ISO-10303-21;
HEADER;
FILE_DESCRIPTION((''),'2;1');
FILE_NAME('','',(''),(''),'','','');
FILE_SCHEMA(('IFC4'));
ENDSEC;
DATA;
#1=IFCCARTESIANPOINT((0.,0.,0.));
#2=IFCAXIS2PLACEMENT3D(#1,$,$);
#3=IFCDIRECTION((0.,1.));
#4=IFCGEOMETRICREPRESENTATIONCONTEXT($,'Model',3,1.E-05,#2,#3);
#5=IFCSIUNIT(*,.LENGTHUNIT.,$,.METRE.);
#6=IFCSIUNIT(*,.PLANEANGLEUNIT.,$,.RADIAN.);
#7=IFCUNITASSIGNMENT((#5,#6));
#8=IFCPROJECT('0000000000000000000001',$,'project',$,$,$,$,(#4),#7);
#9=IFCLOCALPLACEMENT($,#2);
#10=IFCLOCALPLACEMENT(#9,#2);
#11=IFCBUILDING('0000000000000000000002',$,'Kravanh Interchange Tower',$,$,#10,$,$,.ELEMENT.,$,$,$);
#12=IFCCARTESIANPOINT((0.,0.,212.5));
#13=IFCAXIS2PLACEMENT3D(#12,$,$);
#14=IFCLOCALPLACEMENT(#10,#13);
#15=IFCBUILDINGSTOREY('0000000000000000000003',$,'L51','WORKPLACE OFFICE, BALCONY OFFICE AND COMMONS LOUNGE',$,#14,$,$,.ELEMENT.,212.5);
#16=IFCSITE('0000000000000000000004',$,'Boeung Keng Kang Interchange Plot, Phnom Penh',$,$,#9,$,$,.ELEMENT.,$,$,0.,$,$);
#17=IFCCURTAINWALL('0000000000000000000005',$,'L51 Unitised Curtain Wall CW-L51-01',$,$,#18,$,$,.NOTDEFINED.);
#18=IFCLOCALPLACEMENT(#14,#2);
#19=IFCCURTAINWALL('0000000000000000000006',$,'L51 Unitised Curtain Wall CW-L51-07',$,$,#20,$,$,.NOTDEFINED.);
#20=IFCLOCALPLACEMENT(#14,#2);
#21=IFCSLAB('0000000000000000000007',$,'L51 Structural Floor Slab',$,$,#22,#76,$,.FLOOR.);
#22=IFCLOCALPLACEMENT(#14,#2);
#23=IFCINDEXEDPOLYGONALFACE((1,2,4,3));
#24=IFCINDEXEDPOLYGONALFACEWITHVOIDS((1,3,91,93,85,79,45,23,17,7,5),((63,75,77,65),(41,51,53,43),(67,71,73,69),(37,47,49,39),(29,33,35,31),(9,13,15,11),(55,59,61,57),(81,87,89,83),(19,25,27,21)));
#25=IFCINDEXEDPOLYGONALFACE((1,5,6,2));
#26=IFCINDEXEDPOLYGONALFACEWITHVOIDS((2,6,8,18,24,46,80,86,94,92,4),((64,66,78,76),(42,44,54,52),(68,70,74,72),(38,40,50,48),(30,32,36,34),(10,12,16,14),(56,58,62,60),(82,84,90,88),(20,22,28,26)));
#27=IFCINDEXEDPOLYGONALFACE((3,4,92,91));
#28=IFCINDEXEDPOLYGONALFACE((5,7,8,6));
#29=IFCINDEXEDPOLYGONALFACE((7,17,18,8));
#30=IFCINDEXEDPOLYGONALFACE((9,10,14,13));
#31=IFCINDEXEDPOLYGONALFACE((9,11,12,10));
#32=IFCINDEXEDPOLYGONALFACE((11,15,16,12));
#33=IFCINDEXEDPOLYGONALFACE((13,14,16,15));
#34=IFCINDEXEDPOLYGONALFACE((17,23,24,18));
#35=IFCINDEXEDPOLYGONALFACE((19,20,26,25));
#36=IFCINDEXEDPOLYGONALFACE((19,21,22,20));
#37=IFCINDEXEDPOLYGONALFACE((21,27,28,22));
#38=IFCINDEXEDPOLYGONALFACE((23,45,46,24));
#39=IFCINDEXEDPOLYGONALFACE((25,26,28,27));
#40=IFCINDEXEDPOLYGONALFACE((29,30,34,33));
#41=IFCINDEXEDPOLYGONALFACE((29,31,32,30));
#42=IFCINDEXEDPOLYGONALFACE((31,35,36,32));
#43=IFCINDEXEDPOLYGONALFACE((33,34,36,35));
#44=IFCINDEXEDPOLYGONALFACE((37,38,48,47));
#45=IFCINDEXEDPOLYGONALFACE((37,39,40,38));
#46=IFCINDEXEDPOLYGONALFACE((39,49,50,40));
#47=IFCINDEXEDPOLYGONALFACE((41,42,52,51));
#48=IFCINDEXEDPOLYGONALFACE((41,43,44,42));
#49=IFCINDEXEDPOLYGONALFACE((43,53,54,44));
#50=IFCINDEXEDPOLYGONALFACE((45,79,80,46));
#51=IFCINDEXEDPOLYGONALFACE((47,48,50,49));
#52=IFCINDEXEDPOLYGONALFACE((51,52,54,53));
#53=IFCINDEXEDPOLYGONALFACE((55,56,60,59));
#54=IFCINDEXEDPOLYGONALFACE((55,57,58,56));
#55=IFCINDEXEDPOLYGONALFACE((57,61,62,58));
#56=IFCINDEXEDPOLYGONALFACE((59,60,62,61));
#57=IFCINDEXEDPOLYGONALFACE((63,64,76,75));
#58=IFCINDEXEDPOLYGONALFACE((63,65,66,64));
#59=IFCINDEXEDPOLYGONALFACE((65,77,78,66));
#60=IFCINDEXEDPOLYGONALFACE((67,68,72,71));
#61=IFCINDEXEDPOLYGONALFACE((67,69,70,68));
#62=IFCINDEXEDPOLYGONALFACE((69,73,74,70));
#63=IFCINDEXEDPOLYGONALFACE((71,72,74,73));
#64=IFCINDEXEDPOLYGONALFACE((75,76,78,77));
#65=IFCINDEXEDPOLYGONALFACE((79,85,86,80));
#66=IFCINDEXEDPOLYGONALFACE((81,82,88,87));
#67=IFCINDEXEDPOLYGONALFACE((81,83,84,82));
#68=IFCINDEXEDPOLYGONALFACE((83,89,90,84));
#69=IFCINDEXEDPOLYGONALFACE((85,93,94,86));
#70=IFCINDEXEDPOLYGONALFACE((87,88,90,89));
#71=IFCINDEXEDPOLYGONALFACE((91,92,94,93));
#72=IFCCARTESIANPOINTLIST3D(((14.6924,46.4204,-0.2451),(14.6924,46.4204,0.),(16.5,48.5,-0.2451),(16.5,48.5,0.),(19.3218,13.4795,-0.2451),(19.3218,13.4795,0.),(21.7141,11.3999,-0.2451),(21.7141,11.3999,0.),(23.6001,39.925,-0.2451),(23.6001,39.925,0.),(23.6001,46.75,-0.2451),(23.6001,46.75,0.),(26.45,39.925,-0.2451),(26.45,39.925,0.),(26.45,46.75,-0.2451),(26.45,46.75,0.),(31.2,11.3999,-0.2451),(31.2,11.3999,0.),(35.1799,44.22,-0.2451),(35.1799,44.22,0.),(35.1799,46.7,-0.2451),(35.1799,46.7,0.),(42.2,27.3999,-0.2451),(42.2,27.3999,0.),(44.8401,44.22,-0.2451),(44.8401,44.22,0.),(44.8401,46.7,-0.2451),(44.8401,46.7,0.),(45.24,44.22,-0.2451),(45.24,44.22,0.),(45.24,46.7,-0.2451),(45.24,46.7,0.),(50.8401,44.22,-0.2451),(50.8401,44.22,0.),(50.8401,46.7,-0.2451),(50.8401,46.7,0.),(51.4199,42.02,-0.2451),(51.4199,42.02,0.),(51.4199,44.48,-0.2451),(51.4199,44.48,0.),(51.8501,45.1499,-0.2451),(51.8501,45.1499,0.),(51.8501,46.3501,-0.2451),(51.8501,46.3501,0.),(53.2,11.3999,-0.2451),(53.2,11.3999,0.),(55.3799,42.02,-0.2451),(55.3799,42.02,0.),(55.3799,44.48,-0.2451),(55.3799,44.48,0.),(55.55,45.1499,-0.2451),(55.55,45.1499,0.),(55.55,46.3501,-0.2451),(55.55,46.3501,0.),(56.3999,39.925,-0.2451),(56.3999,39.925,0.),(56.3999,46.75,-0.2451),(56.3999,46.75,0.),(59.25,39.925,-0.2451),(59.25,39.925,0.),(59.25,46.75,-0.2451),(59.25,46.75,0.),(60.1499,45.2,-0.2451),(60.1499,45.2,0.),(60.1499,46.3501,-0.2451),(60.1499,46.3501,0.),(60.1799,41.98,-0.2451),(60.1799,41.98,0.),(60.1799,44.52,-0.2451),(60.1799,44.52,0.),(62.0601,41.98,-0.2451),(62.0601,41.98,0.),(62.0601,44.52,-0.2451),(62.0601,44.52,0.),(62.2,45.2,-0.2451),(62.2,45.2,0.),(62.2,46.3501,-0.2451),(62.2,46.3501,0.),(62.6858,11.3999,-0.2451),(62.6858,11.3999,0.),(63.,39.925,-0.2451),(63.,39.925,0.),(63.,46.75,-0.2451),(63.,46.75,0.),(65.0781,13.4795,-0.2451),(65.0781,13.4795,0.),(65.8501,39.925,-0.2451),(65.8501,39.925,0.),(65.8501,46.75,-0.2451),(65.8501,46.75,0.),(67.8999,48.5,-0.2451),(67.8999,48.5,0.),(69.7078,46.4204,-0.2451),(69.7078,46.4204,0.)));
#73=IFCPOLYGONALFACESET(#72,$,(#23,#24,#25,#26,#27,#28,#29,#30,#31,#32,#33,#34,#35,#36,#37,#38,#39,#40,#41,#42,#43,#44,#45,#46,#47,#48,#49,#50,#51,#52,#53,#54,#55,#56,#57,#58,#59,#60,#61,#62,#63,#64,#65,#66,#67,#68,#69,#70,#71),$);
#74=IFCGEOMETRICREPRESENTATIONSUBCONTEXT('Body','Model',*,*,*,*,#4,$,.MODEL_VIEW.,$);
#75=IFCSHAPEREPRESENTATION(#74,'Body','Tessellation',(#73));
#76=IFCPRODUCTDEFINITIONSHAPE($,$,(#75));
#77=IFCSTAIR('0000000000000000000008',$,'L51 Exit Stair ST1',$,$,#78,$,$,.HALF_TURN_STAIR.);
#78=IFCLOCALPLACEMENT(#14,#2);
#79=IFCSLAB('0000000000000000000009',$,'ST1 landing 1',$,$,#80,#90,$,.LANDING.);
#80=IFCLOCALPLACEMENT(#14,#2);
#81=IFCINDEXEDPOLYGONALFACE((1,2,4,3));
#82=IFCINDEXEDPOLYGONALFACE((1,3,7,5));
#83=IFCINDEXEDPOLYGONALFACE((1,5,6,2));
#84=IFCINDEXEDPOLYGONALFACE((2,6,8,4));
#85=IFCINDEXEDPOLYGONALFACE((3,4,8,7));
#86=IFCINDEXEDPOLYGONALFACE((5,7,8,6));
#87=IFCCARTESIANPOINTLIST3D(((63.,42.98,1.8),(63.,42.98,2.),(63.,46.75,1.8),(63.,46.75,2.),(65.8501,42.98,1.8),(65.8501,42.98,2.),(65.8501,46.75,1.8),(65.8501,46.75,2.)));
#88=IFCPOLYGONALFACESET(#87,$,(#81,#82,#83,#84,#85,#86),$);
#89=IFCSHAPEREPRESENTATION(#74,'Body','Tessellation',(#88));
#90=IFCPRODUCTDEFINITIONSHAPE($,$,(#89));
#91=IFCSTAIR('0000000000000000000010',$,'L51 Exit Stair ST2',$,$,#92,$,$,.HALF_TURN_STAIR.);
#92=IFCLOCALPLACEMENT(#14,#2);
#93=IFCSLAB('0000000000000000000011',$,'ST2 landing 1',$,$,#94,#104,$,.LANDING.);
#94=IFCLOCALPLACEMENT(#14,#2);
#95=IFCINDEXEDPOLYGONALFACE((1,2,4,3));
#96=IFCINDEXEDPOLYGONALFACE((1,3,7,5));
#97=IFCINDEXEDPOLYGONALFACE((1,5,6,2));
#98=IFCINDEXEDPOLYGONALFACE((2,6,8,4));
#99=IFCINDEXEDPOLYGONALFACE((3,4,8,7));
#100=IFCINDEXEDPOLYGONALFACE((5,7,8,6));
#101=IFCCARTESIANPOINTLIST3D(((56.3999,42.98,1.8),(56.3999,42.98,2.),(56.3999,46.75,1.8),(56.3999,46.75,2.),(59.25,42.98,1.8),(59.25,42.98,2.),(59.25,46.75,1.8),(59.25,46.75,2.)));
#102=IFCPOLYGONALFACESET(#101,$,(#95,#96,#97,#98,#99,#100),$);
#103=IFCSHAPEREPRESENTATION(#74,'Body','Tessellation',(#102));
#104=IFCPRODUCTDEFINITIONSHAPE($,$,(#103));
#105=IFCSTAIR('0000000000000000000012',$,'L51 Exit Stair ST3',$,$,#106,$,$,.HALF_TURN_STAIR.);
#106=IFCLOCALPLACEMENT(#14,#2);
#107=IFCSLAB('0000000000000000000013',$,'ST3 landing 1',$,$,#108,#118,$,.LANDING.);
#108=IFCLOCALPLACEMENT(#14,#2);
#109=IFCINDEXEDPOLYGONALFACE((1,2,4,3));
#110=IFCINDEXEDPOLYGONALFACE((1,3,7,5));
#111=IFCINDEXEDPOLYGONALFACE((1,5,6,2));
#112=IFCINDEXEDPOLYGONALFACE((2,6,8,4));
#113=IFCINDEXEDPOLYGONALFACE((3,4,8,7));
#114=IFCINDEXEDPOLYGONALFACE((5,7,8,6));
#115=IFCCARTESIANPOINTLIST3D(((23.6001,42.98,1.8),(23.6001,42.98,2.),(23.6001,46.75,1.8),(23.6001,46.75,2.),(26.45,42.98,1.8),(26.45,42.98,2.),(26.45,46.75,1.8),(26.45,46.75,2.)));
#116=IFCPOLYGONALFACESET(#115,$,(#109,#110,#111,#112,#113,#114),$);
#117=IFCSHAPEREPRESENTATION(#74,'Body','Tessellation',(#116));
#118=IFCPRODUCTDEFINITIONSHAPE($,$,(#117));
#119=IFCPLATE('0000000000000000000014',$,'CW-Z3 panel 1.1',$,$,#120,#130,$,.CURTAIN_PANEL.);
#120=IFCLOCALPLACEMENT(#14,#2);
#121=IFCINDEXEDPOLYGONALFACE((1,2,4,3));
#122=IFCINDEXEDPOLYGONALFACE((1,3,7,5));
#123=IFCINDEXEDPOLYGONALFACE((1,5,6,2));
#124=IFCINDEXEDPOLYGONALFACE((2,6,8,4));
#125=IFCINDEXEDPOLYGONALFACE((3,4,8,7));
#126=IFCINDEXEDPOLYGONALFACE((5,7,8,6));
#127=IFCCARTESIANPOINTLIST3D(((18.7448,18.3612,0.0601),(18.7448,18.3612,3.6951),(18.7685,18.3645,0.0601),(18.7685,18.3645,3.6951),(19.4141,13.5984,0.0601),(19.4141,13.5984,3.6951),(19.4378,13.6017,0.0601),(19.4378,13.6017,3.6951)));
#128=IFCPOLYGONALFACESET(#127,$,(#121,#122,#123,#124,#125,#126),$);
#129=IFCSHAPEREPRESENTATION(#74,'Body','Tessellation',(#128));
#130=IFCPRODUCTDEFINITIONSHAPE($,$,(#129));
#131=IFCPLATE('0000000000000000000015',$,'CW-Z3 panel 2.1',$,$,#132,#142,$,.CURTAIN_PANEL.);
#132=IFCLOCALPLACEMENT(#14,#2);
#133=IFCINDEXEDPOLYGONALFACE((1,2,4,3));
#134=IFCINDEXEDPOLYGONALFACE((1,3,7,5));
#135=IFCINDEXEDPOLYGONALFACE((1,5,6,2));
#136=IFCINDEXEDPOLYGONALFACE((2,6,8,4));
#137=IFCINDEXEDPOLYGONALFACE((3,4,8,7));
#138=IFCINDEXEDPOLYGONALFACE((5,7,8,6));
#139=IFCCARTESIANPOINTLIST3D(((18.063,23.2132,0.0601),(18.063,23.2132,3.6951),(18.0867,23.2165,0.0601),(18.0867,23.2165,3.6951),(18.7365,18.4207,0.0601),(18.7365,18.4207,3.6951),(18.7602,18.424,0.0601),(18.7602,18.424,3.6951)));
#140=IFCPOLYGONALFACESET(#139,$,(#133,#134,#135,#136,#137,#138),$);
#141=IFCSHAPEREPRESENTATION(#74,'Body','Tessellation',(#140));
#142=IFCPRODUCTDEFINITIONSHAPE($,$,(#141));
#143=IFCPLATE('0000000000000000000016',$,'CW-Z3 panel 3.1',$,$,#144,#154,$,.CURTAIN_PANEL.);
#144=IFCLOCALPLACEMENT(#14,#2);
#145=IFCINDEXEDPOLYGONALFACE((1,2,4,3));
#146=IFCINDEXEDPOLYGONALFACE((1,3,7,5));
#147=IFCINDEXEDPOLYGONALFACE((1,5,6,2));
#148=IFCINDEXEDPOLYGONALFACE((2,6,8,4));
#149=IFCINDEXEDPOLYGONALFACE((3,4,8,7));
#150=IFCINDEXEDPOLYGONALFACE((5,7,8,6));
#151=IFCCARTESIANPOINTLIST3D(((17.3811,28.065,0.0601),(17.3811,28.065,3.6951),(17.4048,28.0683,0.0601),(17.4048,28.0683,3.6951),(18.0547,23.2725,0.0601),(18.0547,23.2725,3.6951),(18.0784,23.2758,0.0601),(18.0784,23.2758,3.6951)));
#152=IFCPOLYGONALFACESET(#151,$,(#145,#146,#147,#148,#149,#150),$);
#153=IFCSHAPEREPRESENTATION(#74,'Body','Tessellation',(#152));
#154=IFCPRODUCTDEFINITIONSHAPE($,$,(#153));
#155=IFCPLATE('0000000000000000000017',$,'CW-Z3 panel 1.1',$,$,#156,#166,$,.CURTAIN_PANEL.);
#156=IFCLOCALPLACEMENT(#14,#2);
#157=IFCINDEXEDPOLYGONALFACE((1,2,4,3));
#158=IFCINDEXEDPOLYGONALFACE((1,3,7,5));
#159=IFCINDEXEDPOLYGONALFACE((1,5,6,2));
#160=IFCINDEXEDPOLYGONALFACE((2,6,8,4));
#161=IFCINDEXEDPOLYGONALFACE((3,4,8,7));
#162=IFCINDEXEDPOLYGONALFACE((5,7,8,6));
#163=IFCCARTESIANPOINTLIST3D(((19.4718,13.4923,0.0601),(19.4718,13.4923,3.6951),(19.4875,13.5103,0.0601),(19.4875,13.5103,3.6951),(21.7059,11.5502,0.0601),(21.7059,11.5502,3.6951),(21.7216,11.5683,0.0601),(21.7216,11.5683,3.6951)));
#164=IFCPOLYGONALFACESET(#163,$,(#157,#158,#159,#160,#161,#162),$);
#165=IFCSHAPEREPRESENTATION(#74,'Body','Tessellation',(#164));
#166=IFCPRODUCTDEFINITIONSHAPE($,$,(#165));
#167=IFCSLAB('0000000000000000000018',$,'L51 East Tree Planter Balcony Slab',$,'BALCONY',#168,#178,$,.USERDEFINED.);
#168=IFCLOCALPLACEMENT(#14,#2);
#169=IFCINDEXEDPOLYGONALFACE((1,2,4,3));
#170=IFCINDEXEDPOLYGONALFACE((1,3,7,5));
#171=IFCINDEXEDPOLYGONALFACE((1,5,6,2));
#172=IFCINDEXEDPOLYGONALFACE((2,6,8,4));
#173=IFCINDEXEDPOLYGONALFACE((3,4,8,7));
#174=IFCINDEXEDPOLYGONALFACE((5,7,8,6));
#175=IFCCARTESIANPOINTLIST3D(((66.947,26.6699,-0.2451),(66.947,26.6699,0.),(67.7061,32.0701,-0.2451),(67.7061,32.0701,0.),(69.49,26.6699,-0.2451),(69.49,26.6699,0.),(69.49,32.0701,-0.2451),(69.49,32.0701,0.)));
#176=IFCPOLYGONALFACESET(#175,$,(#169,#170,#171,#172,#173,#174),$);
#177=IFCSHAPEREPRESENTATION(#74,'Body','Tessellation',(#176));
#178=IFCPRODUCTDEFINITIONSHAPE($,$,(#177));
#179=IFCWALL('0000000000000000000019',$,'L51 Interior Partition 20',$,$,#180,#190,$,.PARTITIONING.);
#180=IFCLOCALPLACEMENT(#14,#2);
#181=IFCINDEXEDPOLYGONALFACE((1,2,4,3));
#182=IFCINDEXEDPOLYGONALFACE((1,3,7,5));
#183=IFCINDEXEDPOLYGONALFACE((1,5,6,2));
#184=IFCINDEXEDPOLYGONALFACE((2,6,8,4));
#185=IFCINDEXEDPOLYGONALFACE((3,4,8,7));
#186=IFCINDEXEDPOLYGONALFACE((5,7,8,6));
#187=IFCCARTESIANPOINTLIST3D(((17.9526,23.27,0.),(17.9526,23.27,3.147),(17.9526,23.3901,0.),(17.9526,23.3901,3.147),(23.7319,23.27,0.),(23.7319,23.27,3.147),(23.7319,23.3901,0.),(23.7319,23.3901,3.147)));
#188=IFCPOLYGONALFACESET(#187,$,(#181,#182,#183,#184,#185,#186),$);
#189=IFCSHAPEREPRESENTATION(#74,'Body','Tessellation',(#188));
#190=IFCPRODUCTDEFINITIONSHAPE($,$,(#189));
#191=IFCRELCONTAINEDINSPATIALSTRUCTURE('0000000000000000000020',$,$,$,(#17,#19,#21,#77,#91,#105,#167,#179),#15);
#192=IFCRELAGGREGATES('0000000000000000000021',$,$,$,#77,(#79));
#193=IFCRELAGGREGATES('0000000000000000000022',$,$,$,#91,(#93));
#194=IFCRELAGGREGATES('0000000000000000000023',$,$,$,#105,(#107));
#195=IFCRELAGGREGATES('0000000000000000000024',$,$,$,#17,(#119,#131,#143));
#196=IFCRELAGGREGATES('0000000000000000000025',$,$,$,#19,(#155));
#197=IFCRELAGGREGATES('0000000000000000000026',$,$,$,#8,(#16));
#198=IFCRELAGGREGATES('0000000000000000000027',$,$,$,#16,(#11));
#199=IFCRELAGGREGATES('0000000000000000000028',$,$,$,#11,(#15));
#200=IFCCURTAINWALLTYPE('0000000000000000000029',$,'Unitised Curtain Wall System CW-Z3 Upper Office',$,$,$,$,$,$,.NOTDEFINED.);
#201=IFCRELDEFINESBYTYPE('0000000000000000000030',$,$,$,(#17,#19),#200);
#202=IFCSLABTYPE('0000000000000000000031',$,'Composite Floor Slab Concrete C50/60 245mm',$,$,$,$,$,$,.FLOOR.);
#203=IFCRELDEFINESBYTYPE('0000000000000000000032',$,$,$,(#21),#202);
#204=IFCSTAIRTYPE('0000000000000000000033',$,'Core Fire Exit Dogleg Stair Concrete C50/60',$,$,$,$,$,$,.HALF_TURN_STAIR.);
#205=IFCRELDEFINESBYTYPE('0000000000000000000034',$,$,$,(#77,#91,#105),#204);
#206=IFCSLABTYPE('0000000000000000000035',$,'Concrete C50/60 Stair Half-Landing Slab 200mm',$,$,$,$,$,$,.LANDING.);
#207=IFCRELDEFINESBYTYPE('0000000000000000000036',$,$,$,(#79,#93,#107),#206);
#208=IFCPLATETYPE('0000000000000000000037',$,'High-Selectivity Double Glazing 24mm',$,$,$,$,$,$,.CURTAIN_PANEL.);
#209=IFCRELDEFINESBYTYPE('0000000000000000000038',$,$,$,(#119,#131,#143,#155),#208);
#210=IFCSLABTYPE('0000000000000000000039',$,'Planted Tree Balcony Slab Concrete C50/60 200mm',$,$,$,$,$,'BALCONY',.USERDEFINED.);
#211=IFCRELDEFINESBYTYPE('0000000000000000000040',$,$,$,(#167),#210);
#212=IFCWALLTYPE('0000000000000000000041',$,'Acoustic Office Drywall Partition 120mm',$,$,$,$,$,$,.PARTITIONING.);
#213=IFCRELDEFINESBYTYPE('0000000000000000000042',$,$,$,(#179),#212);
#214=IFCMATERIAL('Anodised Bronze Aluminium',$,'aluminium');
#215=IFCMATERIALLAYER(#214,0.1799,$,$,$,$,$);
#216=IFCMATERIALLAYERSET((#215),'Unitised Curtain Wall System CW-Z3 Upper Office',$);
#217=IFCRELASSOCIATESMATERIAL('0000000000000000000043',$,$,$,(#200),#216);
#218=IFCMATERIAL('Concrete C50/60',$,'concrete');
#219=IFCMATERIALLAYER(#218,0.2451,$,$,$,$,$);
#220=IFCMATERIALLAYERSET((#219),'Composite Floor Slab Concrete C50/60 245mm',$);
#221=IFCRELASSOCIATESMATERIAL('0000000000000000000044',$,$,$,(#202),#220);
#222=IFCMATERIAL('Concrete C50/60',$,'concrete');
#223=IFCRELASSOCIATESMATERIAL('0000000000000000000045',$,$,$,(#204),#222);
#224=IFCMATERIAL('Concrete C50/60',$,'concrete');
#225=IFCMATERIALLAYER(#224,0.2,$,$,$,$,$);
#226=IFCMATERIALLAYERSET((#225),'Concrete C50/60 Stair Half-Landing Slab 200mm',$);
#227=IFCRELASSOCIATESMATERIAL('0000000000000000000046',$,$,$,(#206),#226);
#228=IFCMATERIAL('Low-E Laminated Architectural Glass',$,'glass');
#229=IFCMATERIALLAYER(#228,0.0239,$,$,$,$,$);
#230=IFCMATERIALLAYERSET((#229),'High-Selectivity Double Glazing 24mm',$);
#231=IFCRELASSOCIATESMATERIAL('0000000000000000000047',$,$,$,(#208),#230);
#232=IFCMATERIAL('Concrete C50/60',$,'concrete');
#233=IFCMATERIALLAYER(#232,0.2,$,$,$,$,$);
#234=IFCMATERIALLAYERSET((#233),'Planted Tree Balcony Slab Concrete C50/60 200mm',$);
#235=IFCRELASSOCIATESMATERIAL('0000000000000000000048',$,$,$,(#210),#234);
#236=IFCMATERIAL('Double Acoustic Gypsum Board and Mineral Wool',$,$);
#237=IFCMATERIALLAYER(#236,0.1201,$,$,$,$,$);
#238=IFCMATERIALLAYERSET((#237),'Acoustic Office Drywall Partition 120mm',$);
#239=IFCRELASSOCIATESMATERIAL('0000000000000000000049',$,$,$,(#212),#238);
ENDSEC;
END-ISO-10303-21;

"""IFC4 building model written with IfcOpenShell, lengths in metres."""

from ifc_helpers import new_model, si_unit, direction, frame, frame_2d, origin, origin_2d, place, context, subcontext, project, spatial, polyline, rectangle, outline, extrude, material, layer, layer_set, type_object, element, aggregate, save


model = new_model("IFC4")

# Units and contexts
model_context = context("Model", 3, precision=1e-05, world=origin(), true_north=direction((0.0, 1.0)))
body_context = subcontext(model_context, "Body", "Model", "MODEL_VIEW")
ifc_project = project(units=[si_unit("LENGTHUNIT", "METRE"), si_unit("PLANEANGLEUNIT", "RADIAN")], contexts=[model_context])

# Site, building, storey
site_placement = place(None, origin())
site = spatial("IfcSite", under=ifc_project, at=site_placement, Name="Boeung Keng Kang Interchange Plot, Phnom Penh", CompositionType="ELEMENT", RefElevation=0.0)
building_placement = place(site_placement, origin())
building = spatial("IfcBuilding", under=site, at=building_placement, Name="Kravanh Interchange Tower", CompositionType="ELEMENT")
storey_placement = place(building_placement, frame((0.0, 0.0, 212.5)))
storey = spatial("IfcBuildingStorey", under=building, at=storey_placement, Name="L51", Description="WORKPLACE OFFICE, BALCONY OFFICE AND COMMONS LOUNGE", CompositionType="ELEMENT", Elevation=212.5)

# Curtain wall
ifc_material_1 = material(Name="Anodised Bronze Aluminium", Category="aluminium")
ifc_layer_1 = layer(ifc_material_1, 0.1799)
ifc_layer_set_1 = layer_set([ifc_layer_1], Name="Unitised Curtain Wall System CW-Z3 Upper Office")
curtain_wall_type = type_object("IfcCurtainWallType", Name="Unitised Curtain Wall System CW-Z3 Upper Office", PredefinedType="NOTDEFINED", material=ifc_layer_set_1)
curtain_wall_1_placement = place(storey_placement, origin())
curtain_wall_1 = element("IfcCurtainWall", 1, at=curtain_wall_1_placement, inside=storey, type_object=curtain_wall_type, Name="L51 Unitised Curtain Wall CW-L51-01", PredefinedType="NOTDEFINED")

# Curtain wall
curtain_wall_2_placement = place(storey_placement, origin())
curtain_wall_2 = element("IfcCurtainWall", 2, at=curtain_wall_2_placement, inside=storey, type_object=curtain_wall_type, Name="L51 Unitised Curtain Wall CW-L51-07", PredefinedType="NOTDEFINED")

# Slab
ifc_material_2 = material(Name="Concrete C50/60", Category="concrete")
ifc_layer_2 = layer(ifc_material_2, 0.2451)
ifc_layer_set_2 = layer_set([ifc_layer_2], Name="Composite Floor Slab Concrete C50/60 245mm")
slab_type_1 = type_object("IfcSlabType", Name="Composite Floor Slab Concrete C50/60 245mm", PredefinedType="FLOOR", material=ifc_layer_set_2)
slab_1_placement = place(storey_placement, frame((0.0, 0.0, -0.2451)))
element("IfcSlab", 3, at=slab_1_placement, inside=storey, type_object=slab_type_1, Name="L51 Structural Floor Slab", PredefinedType="FLOOR", context=body_context, shape_type="SweptSolid", body=[
    extrude(outline(polyline([(19.3218, 13.4795), (21.7141, 11.3999), (31.2, 11.3999), (42.2, 27.3999), (53.2, 11.3999), (62.6858, 11.3999), (65.0781, 13.4795), (69.7078, 46.4204), (67.8999, 48.5), (16.5, 48.5), (14.6924, 46.4204), (19.3218, 13.4795)]), holes=[polyline([(65.8501, 39.925), (65.8501, 46.75), (63.0, 46.75), (63.0, 39.925), (65.8501, 39.925)]), polyline([(59.25, 39.925), (59.25, 46.75), (56.3999, 46.75), (56.3999, 39.925), (59.25, 39.925)]), polyline([(26.45, 39.925), (26.45, 46.75), (23.6001, 46.75), (23.6001, 39.925), (26.45, 39.925)]), polyline([(35.1799, 44.22), (44.8401, 44.22), (44.8401, 46.7), (35.1799, 46.7), (35.1799, 44.22)]), polyline([(45.24, 44.22), (50.8401, 44.22), (50.8401, 46.7), (45.24, 46.7), (45.24, 44.22)]), polyline([(51.4199, 42.02), (55.3799, 42.02), (55.3799, 44.48), (51.4199, 44.48), (51.4199, 42.02)]), polyline([(60.1799, 41.98), (62.0601, 41.98), (62.0601, 44.52), (60.1799, 44.52), (60.1799, 41.98)]), polyline([(60.1499, 45.2), (62.2, 45.2), (62.2, 46.3501), (60.1499, 46.3501), (60.1499, 45.2)]), polyline([(51.8501, 45.1499), (55.55, 45.1499), (55.55, 46.3501), (51.8501, 46.3501), (51.8501, 45.1499)])]), origin(), (0.0, 0.0, 1.0), 0.2451),
])

# Stairs, slabs
ifc_material_3 = material(Name="Concrete C50/60", Category="concrete")
stair_type = type_object("IfcStairType", Name="Core Fire Exit Dogleg Stair Concrete C50/60", PredefinedType="HALF_TURN_STAIR", material=ifc_material_3)
stair_1_placement = place(storey_placement, origin())
stair_1 = element("IfcStair", 4, at=stair_1_placement, inside=storey, type_object=stair_type, Name="L51 Exit Stair ST1", PredefinedType="HALF_TURN_STAIR")
ifc_material_4 = material(Name="Concrete C50/60", Category="concrete")
ifc_layer_3 = layer(ifc_material_4, 0.2)
ifc_layer_set_3 = layer_set([ifc_layer_3], Name="Concrete C50/60 Stair Half-Landing Slab 200mm")
slab_type_2 = type_object("IfcSlabType", Name="Concrete C50/60 Stair Half-Landing Slab 200mm", PredefinedType="LANDING", material=ifc_layer_set_3)
slab_2_placement = place(storey_placement, frame((0.0, 0.0, 1.8)))
slab_2 = element("IfcSlab", 5, at=slab_2_placement, type_object=slab_type_2, Name="ST1 landing 1", PredefinedType="LANDING", context=body_context, shape_type="SweptSolid", body=[
    extrude(outline(polyline([(65.8501, 42.98), (65.8501, 46.75), (63.0, 46.75), (63.0, 42.98), (65.8501, 42.98)])), origin(), (0.0, 0.0, 1.0), 0.2),
])
aggregate(stair_1, [slab_2])
stair_2_placement = place(storey_placement, origin())
stair_2 = element("IfcStair", 6, at=stair_2_placement, inside=storey, type_object=stair_type, Name="L51 Exit Stair ST2", PredefinedType="HALF_TURN_STAIR")
slab_3_placement = place(storey_placement, frame((0.0, 0.0, 1.8)))
slab_3 = element("IfcSlab", 7, at=slab_3_placement, type_object=slab_type_2, Name="ST2 landing 1", PredefinedType="LANDING", context=body_context, shape_type="SweptSolid", body=[
    extrude(outline(polyline([(59.25, 42.98), (59.25, 46.75), (56.3999, 46.75), (56.3999, 42.98), (59.25, 42.98)])), origin(), (0.0, 0.0, 1.0), 0.2),
])
aggregate(stair_2, [slab_3])
stair_3_placement = place(storey_placement, origin())
stair_3 = element("IfcStair", 8, at=stair_3_placement, inside=storey, type_object=stair_type, Name="L51 Exit Stair ST3", PredefinedType="HALF_TURN_STAIR")
slab_4_placement = place(storey_placement, frame((0.0, 0.0, 1.8)))
slab_4 = element("IfcSlab", 9, at=slab_4_placement, type_object=slab_type_2, Name="ST3 landing 1", PredefinedType="LANDING", context=body_context, shape_type="SweptSolid", body=[
    extrude(outline(polyline([(26.45, 42.98), (26.45, 46.75), (23.6001, 46.75), (23.6001, 42.98), (26.45, 42.98)])), origin(), (0.0, 0.0, 1.0), 0.2),
])
aggregate(stair_3, [slab_4])

# Plates
ifc_material_5 = material(Name="Low-E Laminated Architectural Glass", Category="glass")
ifc_layer_4 = layer(ifc_material_5, 0.0239)
ifc_layer_set_4 = layer_set([ifc_layer_4], Name="High-Selectivity Double Glazing 24mm")
plate_type = type_object("IfcPlateType", Name="High-Selectivity Double Glazing 24mm", PredefinedType="CURTAIN_PANEL", material=ifc_layer_set_4)
plate_1_placement = place(storey_placement, frame((19.0913, 15.9814, 0.0601), z_axis=(0.0, 0.0, 1.0), x_axis=(-0.139172, 0.990268, 0.0)))
plate_1 = element("IfcPlate", 10, at=plate_1_placement, type_object=plate_type, Name="CW-Z3 panel 1.1", PredefinedType="CURTAIN_PANEL", context=body_context, shape_type="SweptSolid", body=[
    extrude(rectangle(XDim=4.8096, YDim=0.0239, at=origin_2d()), origin(), (0.0, 0.0, 1.0), 3.635),
])
plate_2_placement = place(storey_placement, frame((18.4116, 20.8186, 0.0601), z_axis=(0.0, 0.0, 1.0), x_axis=(-0.139172, 0.990268, 0.0)))
plate_2 = element("IfcPlate", 11, at=plate_2_placement, type_object=plate_type, Name="CW-Z3 panel 2.1", PredefinedType="CURTAIN_PANEL", context=body_context, shape_type="SweptSolid", body=[
    extrude(rectangle(XDim=4.8396, YDim=0.0239, at=origin_2d()), origin(), (0.0, 0.0, 1.0), 3.635),
])
plate_3_placement = place(storey_placement, frame((17.7297, 25.6704, 0.0601), z_axis=(0.0, 0.0, 1.0), x_axis=(-0.139172, 0.990268, 0.0)))
plate_3 = element("IfcPlate", 12, at=plate_3_placement, type_object=plate_type, Name="CW-Z3 panel 3.1", PredefinedType="CURTAIN_PANEL", context=body_context, shape_type="SweptSolid", body=[
    extrude(rectangle(XDim=4.8396, YDim=0.0239, at=origin_2d()), origin(), (0.0, 0.0, 1.0), 3.635),
])
aggregate(curtain_wall_1, [plate_1, plate_2, plate_3])
plate_4_placement = place(storey_placement, frame((20.5967, 12.5303, 0.0601), z_axis=(0.0, 0.0, 1.0), x_axis=(-0.754717, 0.656051, 0.0)))
plate_4 = element("IfcPlate", 13, at=plate_4_placement, type_object=plate_type, Name="CW-Z3 panel 1.1", PredefinedType="CURTAIN_PANEL", context=body_context, shape_type="SweptSolid", body=[
    extrude(rectangle(XDim=2.9602, YDim=0.0239, at=origin_2d()), origin(), (0.0, 0.0, 1.0), 3.635),
])
aggregate(curtain_wall_2, [plate_4])

# Slab
ifc_material_6 = material(Name="Concrete C50/60", Category="concrete")
ifc_layer_5 = layer(ifc_material_6, 0.2)
ifc_layer_set_5 = layer_set([ifc_layer_5], Name="Planted Tree Balcony Slab Concrete C50/60 200mm")
slab_type_3 = type_object("IfcSlabType", Name="Planted Tree Balcony Slab Concrete C50/60 200mm", ElementType="BALCONY", PredefinedType="USERDEFINED", material=ifc_layer_set_5)
slab_5_placement = place(storey_placement, frame((0.0, 0.0, -0.2451)))
element("IfcSlab", 14, at=slab_5_placement, inside=storey, type_object=slab_type_3, Name="L51 East Tree Planter Balcony Slab", ObjectType="BALCONY", PredefinedType="USERDEFINED", context=body_context, shape_type="SweptSolid", body=[
    extrude(outline(polyline([(69.49, 32.0701), (69.49, 26.6699), (66.947, 26.6699), (67.7061, 32.0701), (69.49, 32.0701)])), origin(), (0.0, 0.0, 1.0), 0.2451),
])

# Wall
ifc_material_7 = material(Name="Double Acoustic Gypsum Board and Mineral Wool")
ifc_layer_6 = layer(ifc_material_7, 0.1201)
ifc_layer_set_6 = layer_set([ifc_layer_6], Name="Acoustic Office Drywall Partition 120mm")
wall_type = type_object("IfcWallType", Name="Acoustic Office Drywall Partition 120mm", PredefinedType="PARTITIONING", material=ifc_layer_set_6)
wall_placement = place(storey_placement, frame((17.9526, 23.3301, 0.0), z_axis=(0.0, 0.0, 1.0), x_axis=(1.0, 0.0, 0.0)))
element("IfcWall", 15, at=wall_placement, inside=storey, type_object=wall_type, Name="L51 Interior Partition 20", PredefinedType="PARTITIONING", context=body_context, shape_type="SweptSolid", body=[
    extrude(rectangle(XDim=5.7793, YDim=0.1201, at=frame_2d((2.8896, 0.0))), origin(), (0.0, 0.0, 1.0), 3.147),
])

save(model, "model.ifc")
